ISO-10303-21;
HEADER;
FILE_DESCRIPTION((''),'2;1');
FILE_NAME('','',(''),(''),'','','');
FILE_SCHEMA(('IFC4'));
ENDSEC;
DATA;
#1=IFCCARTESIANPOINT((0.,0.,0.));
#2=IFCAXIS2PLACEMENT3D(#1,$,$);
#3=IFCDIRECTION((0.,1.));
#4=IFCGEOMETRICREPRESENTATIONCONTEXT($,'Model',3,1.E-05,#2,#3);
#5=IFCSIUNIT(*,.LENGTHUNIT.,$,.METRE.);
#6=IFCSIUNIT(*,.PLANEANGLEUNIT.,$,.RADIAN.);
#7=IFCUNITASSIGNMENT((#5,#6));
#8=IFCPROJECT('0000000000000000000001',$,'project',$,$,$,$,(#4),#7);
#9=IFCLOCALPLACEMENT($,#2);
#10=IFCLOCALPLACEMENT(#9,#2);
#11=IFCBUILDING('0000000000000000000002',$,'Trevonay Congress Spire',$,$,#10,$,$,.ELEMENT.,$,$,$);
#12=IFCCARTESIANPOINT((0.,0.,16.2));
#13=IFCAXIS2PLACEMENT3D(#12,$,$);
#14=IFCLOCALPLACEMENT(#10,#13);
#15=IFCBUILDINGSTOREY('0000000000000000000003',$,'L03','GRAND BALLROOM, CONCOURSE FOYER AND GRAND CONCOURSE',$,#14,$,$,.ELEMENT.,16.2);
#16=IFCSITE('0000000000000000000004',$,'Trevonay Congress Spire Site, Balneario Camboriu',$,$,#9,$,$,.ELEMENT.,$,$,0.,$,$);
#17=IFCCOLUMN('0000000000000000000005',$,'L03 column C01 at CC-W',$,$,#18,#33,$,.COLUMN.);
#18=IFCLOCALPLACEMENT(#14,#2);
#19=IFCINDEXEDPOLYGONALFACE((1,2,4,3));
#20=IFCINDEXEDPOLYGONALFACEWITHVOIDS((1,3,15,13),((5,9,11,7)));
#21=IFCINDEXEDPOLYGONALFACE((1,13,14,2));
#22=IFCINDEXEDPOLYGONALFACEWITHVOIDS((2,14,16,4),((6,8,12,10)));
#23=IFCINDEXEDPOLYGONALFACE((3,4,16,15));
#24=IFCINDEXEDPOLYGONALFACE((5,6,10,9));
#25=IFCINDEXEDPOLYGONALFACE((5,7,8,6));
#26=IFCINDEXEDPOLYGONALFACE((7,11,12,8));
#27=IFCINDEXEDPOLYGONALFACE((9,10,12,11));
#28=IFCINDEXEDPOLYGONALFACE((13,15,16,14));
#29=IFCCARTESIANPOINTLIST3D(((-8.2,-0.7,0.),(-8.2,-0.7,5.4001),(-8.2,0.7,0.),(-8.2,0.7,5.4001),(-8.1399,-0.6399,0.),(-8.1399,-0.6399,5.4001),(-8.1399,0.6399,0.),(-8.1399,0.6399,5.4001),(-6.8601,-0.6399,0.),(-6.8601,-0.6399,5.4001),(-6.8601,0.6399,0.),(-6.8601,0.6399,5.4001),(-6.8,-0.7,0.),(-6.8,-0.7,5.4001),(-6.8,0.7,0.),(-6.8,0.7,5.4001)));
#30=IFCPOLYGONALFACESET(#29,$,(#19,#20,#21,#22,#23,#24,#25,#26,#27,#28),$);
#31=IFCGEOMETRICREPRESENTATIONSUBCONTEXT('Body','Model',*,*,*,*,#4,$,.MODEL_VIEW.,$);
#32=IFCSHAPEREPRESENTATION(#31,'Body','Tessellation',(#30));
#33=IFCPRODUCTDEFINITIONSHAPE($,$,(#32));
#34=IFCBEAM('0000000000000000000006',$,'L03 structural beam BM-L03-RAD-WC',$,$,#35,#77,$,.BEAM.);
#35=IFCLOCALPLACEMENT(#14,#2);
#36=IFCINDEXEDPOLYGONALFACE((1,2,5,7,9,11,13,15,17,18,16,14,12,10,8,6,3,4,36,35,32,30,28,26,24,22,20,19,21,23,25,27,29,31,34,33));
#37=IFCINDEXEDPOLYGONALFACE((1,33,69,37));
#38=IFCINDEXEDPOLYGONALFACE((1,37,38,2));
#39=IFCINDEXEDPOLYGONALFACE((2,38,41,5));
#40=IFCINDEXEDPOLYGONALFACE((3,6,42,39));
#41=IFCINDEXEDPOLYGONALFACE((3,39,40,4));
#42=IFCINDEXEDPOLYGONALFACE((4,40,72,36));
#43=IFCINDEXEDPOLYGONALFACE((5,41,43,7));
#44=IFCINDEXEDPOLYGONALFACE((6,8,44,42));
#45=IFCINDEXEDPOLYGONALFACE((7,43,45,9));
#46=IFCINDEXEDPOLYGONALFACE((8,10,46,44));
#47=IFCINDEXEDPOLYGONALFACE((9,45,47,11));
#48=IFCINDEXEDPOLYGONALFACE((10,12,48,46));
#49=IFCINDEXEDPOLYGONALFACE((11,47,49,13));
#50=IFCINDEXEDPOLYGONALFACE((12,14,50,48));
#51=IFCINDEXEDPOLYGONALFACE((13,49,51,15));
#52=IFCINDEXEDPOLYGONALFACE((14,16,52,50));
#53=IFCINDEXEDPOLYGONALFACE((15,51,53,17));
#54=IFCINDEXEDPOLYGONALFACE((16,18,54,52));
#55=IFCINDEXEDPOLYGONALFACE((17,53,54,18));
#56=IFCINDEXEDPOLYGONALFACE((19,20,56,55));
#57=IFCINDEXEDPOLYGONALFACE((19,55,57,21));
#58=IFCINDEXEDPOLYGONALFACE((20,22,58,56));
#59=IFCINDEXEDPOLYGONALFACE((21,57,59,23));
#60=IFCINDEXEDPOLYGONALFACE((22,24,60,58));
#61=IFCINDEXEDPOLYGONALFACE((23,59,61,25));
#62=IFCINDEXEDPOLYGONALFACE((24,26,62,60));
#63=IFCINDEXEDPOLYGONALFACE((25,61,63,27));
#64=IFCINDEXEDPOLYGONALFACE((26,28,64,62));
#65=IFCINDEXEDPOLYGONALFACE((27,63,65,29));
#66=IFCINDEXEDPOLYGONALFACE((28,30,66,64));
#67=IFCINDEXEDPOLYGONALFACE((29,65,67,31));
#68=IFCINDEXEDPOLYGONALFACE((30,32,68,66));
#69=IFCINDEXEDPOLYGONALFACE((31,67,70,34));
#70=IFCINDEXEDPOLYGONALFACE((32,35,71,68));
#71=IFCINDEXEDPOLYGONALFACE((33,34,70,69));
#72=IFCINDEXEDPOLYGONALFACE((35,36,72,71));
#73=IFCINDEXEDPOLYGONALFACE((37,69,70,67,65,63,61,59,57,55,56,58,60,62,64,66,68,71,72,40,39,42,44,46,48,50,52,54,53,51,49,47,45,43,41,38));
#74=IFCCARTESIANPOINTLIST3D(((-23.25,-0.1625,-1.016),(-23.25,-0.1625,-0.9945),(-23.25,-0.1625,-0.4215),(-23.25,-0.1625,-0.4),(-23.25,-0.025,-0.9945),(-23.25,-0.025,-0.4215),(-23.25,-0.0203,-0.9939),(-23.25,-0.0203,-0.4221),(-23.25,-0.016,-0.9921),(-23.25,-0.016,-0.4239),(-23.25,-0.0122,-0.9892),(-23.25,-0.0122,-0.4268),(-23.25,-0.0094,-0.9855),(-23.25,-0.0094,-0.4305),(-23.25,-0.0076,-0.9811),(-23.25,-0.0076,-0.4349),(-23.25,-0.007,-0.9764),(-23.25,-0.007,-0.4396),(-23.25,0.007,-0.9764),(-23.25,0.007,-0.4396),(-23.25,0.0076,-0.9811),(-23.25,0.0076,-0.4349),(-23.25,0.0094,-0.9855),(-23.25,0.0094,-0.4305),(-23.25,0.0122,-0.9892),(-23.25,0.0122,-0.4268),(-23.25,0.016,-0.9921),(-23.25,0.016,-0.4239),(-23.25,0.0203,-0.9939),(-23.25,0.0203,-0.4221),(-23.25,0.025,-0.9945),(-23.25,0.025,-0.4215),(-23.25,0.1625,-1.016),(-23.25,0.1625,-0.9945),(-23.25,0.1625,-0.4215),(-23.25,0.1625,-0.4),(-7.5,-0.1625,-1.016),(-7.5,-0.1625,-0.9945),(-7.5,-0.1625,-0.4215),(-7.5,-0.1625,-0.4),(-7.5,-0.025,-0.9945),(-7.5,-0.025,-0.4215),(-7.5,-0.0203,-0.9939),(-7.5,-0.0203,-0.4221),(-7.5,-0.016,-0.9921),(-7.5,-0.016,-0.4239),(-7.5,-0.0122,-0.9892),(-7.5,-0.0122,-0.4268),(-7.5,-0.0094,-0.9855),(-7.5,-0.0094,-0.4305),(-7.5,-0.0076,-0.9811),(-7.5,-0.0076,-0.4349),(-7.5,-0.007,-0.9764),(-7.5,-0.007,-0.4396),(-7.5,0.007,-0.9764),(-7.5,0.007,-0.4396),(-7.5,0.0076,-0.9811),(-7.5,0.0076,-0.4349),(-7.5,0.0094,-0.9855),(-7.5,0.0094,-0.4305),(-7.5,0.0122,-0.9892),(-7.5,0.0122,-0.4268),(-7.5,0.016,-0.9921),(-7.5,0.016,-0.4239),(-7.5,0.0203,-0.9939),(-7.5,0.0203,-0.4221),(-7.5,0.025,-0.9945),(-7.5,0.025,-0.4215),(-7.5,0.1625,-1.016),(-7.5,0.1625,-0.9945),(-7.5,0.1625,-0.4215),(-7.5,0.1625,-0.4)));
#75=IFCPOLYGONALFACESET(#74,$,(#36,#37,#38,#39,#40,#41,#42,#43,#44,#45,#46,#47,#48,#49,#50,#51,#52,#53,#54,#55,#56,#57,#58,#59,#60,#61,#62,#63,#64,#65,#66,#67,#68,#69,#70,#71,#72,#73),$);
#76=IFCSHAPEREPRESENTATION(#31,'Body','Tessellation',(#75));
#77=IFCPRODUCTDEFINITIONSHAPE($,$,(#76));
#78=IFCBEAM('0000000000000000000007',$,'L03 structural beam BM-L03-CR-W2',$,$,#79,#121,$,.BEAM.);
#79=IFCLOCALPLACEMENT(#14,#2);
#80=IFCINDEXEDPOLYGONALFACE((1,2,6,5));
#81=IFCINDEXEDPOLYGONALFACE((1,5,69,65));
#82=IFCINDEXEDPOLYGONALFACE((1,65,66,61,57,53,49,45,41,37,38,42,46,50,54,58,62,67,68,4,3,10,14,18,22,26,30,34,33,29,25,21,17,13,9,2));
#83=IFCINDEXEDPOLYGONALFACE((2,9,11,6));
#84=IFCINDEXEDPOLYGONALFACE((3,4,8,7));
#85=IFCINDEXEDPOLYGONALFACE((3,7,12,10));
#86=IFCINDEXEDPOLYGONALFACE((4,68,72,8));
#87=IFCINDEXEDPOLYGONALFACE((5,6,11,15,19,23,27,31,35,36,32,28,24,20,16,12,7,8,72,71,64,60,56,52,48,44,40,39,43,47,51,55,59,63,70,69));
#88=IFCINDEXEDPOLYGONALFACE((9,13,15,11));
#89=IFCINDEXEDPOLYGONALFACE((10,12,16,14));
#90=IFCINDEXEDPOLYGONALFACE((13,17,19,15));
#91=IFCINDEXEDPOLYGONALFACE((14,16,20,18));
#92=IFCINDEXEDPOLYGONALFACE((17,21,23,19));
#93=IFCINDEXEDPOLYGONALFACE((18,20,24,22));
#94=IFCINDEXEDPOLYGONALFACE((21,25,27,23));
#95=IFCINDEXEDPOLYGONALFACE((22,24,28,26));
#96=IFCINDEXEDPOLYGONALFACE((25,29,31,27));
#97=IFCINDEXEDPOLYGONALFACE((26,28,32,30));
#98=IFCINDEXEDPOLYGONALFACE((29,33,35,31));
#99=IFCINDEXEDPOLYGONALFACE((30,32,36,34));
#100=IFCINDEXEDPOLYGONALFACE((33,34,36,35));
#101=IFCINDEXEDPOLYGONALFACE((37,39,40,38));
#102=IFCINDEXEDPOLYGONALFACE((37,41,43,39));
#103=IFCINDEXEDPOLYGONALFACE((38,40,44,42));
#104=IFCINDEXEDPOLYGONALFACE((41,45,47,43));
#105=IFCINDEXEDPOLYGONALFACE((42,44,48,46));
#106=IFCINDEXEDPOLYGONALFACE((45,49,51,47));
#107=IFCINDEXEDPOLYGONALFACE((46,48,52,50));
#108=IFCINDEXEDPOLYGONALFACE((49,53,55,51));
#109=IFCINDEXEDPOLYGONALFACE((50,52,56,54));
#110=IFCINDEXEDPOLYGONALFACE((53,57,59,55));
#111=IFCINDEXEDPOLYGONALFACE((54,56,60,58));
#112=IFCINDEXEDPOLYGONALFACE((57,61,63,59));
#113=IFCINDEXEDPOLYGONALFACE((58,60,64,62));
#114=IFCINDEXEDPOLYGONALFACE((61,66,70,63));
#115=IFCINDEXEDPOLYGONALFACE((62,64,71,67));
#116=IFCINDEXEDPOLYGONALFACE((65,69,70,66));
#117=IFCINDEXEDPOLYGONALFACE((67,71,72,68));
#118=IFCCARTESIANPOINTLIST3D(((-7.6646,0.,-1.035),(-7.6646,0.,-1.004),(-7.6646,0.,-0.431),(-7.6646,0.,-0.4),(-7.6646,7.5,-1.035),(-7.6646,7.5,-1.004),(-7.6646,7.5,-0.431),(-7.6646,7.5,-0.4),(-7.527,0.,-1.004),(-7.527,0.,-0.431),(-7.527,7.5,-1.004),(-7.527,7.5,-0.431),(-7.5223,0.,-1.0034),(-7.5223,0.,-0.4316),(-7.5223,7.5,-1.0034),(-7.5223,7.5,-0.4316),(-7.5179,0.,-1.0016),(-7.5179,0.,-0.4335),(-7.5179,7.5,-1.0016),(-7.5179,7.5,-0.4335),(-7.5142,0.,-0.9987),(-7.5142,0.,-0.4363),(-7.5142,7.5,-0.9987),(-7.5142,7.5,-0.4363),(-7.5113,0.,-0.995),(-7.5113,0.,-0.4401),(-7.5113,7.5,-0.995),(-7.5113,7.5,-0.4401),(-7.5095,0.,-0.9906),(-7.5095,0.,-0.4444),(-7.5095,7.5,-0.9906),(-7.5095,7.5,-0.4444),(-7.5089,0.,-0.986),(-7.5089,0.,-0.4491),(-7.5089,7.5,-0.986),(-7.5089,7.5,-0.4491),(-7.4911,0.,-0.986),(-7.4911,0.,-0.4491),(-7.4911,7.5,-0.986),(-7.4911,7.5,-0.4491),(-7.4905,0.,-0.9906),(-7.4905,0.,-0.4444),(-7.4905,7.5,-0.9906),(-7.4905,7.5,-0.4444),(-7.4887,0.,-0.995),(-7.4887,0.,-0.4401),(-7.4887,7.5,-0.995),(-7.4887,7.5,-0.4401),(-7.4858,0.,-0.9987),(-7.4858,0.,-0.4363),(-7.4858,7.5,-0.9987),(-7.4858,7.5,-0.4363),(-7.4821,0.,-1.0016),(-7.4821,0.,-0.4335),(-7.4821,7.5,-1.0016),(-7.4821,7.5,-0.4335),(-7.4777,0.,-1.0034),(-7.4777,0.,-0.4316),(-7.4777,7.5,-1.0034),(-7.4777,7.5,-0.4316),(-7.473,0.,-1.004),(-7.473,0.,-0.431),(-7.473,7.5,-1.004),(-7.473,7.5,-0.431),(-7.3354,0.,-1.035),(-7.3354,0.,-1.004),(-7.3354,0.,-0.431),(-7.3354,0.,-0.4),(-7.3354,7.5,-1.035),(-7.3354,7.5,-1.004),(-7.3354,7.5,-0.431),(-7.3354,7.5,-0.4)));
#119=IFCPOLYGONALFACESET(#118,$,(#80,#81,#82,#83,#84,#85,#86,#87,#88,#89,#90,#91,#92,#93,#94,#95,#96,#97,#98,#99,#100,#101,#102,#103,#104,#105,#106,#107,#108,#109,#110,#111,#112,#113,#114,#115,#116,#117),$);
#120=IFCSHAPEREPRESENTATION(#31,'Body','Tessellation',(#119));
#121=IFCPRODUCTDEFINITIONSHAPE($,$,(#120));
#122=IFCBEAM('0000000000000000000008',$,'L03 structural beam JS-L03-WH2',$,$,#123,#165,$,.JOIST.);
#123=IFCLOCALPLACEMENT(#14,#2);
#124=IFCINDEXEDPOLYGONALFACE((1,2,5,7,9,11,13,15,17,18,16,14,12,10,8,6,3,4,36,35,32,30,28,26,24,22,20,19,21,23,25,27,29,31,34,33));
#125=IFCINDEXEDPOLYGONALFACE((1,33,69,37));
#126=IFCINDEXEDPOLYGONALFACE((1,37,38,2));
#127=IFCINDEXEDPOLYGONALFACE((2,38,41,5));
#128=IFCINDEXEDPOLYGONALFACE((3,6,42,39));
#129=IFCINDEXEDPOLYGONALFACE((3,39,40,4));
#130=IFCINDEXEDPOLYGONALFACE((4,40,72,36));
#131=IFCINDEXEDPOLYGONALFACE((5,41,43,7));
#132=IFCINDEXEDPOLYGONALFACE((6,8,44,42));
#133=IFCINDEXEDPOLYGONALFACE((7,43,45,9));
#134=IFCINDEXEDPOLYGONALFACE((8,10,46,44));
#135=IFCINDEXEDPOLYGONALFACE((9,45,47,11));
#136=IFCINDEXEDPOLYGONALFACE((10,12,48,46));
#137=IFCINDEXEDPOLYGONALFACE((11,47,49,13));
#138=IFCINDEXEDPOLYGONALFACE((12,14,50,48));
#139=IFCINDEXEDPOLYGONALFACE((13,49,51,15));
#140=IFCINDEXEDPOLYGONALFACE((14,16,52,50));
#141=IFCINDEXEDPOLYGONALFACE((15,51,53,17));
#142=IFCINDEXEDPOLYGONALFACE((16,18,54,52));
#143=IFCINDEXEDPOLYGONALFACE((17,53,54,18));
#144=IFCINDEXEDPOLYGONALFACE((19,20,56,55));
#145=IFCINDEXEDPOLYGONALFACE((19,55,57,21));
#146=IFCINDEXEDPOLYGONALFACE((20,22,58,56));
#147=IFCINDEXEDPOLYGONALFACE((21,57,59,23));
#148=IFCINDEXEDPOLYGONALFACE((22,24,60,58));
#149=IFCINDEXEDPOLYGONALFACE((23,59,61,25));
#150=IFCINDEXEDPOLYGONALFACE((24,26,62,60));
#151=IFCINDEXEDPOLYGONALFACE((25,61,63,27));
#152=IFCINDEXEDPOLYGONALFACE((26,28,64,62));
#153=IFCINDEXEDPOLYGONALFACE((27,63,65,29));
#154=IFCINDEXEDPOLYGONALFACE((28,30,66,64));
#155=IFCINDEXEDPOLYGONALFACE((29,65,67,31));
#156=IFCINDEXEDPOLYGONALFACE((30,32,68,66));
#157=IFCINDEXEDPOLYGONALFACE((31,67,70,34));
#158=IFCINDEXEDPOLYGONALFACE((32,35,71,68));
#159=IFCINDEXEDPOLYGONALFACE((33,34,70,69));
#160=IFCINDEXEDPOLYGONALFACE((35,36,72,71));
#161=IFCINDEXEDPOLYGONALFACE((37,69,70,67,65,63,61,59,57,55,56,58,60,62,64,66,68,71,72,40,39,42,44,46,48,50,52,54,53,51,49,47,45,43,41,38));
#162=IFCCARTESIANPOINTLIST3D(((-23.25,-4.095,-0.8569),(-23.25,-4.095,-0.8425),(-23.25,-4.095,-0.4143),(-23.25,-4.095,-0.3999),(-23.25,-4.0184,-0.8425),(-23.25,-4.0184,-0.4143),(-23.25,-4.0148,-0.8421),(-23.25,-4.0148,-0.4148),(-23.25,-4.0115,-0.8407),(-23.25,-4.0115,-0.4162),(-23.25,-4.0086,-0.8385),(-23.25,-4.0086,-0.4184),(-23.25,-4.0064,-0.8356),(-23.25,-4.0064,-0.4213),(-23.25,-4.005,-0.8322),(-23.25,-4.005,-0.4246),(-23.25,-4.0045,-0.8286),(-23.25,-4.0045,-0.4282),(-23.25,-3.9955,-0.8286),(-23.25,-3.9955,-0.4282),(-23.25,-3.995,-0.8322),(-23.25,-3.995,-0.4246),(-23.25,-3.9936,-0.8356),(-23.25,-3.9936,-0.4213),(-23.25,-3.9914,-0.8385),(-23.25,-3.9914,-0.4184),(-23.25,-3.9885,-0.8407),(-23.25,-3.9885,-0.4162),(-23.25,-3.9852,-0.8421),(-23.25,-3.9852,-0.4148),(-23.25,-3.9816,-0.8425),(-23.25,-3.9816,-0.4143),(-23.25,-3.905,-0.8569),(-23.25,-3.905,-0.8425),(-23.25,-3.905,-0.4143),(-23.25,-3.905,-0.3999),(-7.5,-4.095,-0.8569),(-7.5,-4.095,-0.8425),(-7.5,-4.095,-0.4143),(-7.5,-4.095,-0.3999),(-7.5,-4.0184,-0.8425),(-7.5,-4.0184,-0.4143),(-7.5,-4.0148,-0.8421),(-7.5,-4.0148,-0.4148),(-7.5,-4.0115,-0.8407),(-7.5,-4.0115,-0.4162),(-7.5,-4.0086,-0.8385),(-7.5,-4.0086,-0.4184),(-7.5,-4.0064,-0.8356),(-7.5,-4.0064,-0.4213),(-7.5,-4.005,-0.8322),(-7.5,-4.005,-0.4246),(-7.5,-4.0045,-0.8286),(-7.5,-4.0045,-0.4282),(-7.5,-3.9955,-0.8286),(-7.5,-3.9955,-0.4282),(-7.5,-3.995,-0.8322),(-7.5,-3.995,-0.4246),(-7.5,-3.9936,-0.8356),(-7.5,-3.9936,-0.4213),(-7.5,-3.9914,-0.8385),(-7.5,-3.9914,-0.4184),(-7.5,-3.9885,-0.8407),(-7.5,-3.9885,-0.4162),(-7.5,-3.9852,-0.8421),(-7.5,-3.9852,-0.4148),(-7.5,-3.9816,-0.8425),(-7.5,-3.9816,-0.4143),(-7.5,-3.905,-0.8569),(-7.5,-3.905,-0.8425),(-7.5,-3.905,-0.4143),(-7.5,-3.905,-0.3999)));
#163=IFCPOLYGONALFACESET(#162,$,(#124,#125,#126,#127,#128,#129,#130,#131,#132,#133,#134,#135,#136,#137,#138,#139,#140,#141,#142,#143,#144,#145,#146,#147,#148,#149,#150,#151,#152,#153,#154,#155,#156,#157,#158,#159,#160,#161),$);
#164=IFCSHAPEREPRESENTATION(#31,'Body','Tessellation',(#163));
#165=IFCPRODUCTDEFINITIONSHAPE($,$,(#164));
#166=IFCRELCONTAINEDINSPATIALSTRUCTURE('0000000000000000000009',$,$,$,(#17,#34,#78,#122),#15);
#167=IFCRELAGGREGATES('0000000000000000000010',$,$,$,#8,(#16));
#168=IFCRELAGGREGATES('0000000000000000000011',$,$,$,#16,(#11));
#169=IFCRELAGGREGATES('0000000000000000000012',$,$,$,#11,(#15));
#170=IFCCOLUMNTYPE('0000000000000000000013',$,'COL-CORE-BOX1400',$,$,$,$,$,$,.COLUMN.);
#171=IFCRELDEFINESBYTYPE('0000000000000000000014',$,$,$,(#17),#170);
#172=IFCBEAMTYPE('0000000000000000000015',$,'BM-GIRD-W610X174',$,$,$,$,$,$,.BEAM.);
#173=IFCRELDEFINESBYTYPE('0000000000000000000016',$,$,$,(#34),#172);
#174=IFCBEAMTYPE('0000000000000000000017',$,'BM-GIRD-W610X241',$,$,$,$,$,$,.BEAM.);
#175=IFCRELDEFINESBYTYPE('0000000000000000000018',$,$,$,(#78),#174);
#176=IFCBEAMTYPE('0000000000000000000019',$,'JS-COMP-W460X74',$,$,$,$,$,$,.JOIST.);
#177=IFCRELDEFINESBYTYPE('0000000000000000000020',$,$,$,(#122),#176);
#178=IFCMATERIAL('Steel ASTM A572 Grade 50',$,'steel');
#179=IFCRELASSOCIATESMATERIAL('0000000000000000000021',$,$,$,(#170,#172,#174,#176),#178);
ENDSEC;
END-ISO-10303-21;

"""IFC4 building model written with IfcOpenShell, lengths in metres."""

from ifc_helpers import new_model, si_unit, direction, frame, origin, origin_2d, place, context, subcontext, project, spatial, hollow_rectangle, i_section, extrude, material, material_profile, profile_set, type_object, element, save


model = new_model("IFC4")

# Units and contexts
model_context = context("Model", 3, precision=1e-05, world=origin(), true_north=direction((0.0, 1.0)))
body_context = subcontext(model_context, "Body", "Model", "MODEL_VIEW")
ifc_project = project(units=[si_unit("LENGTHUNIT", "METRE"), si_unit("PLANEANGLEUNIT", "RADIAN")], contexts=[model_context])

# Site, building, storey
site_placement = place(None, origin())
site = spatial("IfcSite", under=ifc_project, at=site_placement, Name="Trevonay Congress Spire Site, Balneario Camboriu", CompositionType="ELEMENT", RefElevation=0.0)
building_placement = place(site_placement, origin())
building = spatial("IfcBuilding", under=site, at=building_placement, Name="Trevonay Congress Spire", CompositionType="ELEMENT")
storey_placement = place(building_placement, frame((0.0, 0.0, 16.2)))
storey = spatial("IfcBuildingStorey", under=building, at=storey_placement, Name="L03", Description="GRAND BALLROOM, CONCOURSE FOYER AND GRAND CONCOURSE", CompositionType="ELEMENT", Elevation=16.2)

# Column
ifc_material_1 = material(Name="Steel ASTM A572 Grade 50", Category="steel")
ifc_material_profile_1 = material_profile(ifc_material_1, hollow_rectangle(XDim=1.3999, YDim=1.3999, WallThickness=0.0601, at=origin_2d()), Name="BOX 1400x1400x60")
ifc_profile_set_1 = profile_set([ifc_material_profile_1], Name="Steel ASTM A572 Grade 50")
column_type = type_object("IfcColumnType", Name="COL-CORE-BOX1400", PredefinedType="COLUMN", material=ifc_profile_set_1)
column_placement = place(storey_placement, frame((-7.5, 0.0, 0.0), z_axis=(0.0, 0.0, 1.0), x_axis=(1.0, 0.0, 0.0)))
element("IfcColumn", 1, at=column_placement, inside=storey, type_object=column_type, Name="L03 column C01 at CC-W", PredefinedType="COLUMN", context=body_context, shape_type="SweptSolid", body=[
    extrude(hollow_rectangle(XDim=1.3999, YDim=1.3999, WallThickness=0.0601, at=origin_2d()), origin(), (0.0, 0.0, 1.0), 5.4001),
])

# Beams
ifc_material_profile_2 = material_profile(ifc_material_1, i_section(OverallWidth=0.325, OverallDepth=0.616, WebThickness=0.0139, FlangeThickness=0.0215, FilletRadius=0.0181, at=origin_2d()), Name="W610x174")
ifc_profile_set_2 = profile_set([ifc_material_profile_2], Name="Steel ASTM A572 Grade 50")
beam_type_1 = type_object("IfcBeamType", Name="BM-GIRD-W610X174", PredefinedType="BEAM", material=ifc_profile_set_2)
beam_1_placement = place(storey_placement, frame((-7.5, 0.0, -0.708), z_axis=(-1.0, 0.0, 0.0), x_axis=(0.0, -1.0, 0.0)))
element("IfcBeam", 2, at=beam_1_placement, inside=storey, type_object=beam_type_1, Name="L03 structural beam BM-L03-RAD-WC", PredefinedType="BEAM", context=body_context, shape_type="SweptSolid", body=[
    extrude(i_section(OverallWidth=0.325, OverallDepth=0.616, WebThickness=0.0139, FlangeThickness=0.0215, FilletRadius=0.0181, at=origin_2d()), origin(), (0.0, 0.0, 1.0), 15.75),
])
ifc_material_profile_3 = material_profile(ifc_material_1, i_section(OverallWidth=0.3291, OverallDepth=0.635, WebThickness=0.0178, FlangeThickness=0.031, FilletRadius=0.0181, at=origin_2d()), Name="W610x241")
ifc_profile_set_3 = profile_set([ifc_material_profile_3], Name="Steel ASTM A572 Grade 50")
beam_type_2 = type_object("IfcBeamType", Name="BM-GIRD-W610X241", PredefinedType="BEAM", material=ifc_profile_set_3)
beam_2_placement = place(storey_placement, frame((-7.5, 0.0, -0.7175), z_axis=(0.0, 1.0, 0.0), x_axis=(-1.0, 0.0, 0.0)))
element("IfcBeam", 3, at=beam_2_placement, inside=storey, type_object=beam_type_2, Name="L03 structural beam BM-L03-CR-W2", PredefinedType="BEAM", context=body_context, shape_type="SweptSolid", body=[
    extrude(i_section(OverallWidth=0.3291, OverallDepth=0.635, WebThickness=0.0178, FlangeThickness=0.031, FilletRadius=0.0181, at=origin_2d()), origin(), (0.0, 0.0, 1.0), 7.5),
])
ifc_material_profile_4 = material_profile(ifc_material_1, i_section(OverallWidth=0.1899, OverallDepth=0.457, WebThickness=0.009, FlangeThickness=0.0144, FilletRadius=0.0139, at=origin_2d()), Name="W460x74")
ifc_profile_set_4 = profile_set([ifc_material_profile_4], Name="Steel ASTM A572 Grade 50")
beam_type_3 = type_object("IfcBeamType", Name="JS-COMP-W460X74", PredefinedType="JOIST", material=ifc_profile_set_4)
beam_3_placement = place(storey_placement, frame((-23.25, -4.0, -0.6284), z_axis=(1.0, 0.0, 0.0), x_axis=(0.0, 1.0, 0.0)))
element("IfcBeam", 4, at=beam_3_placement, inside=storey, type_object=beam_type_3, Name="L03 structural beam JS-L03-WH2", PredefinedType="JOIST", context=body_context, shape_type="SweptSolid", body=[
    extrude(i_section(OverallWidth=0.1899, OverallDepth=0.457, WebThickness=0.009, FlangeThickness=0.0144, FilletRadius=0.0139, at=origin_2d()), origin(), (0.0, 0.0, 1.0), 15.75),
])

save(model, "model.ifc")
